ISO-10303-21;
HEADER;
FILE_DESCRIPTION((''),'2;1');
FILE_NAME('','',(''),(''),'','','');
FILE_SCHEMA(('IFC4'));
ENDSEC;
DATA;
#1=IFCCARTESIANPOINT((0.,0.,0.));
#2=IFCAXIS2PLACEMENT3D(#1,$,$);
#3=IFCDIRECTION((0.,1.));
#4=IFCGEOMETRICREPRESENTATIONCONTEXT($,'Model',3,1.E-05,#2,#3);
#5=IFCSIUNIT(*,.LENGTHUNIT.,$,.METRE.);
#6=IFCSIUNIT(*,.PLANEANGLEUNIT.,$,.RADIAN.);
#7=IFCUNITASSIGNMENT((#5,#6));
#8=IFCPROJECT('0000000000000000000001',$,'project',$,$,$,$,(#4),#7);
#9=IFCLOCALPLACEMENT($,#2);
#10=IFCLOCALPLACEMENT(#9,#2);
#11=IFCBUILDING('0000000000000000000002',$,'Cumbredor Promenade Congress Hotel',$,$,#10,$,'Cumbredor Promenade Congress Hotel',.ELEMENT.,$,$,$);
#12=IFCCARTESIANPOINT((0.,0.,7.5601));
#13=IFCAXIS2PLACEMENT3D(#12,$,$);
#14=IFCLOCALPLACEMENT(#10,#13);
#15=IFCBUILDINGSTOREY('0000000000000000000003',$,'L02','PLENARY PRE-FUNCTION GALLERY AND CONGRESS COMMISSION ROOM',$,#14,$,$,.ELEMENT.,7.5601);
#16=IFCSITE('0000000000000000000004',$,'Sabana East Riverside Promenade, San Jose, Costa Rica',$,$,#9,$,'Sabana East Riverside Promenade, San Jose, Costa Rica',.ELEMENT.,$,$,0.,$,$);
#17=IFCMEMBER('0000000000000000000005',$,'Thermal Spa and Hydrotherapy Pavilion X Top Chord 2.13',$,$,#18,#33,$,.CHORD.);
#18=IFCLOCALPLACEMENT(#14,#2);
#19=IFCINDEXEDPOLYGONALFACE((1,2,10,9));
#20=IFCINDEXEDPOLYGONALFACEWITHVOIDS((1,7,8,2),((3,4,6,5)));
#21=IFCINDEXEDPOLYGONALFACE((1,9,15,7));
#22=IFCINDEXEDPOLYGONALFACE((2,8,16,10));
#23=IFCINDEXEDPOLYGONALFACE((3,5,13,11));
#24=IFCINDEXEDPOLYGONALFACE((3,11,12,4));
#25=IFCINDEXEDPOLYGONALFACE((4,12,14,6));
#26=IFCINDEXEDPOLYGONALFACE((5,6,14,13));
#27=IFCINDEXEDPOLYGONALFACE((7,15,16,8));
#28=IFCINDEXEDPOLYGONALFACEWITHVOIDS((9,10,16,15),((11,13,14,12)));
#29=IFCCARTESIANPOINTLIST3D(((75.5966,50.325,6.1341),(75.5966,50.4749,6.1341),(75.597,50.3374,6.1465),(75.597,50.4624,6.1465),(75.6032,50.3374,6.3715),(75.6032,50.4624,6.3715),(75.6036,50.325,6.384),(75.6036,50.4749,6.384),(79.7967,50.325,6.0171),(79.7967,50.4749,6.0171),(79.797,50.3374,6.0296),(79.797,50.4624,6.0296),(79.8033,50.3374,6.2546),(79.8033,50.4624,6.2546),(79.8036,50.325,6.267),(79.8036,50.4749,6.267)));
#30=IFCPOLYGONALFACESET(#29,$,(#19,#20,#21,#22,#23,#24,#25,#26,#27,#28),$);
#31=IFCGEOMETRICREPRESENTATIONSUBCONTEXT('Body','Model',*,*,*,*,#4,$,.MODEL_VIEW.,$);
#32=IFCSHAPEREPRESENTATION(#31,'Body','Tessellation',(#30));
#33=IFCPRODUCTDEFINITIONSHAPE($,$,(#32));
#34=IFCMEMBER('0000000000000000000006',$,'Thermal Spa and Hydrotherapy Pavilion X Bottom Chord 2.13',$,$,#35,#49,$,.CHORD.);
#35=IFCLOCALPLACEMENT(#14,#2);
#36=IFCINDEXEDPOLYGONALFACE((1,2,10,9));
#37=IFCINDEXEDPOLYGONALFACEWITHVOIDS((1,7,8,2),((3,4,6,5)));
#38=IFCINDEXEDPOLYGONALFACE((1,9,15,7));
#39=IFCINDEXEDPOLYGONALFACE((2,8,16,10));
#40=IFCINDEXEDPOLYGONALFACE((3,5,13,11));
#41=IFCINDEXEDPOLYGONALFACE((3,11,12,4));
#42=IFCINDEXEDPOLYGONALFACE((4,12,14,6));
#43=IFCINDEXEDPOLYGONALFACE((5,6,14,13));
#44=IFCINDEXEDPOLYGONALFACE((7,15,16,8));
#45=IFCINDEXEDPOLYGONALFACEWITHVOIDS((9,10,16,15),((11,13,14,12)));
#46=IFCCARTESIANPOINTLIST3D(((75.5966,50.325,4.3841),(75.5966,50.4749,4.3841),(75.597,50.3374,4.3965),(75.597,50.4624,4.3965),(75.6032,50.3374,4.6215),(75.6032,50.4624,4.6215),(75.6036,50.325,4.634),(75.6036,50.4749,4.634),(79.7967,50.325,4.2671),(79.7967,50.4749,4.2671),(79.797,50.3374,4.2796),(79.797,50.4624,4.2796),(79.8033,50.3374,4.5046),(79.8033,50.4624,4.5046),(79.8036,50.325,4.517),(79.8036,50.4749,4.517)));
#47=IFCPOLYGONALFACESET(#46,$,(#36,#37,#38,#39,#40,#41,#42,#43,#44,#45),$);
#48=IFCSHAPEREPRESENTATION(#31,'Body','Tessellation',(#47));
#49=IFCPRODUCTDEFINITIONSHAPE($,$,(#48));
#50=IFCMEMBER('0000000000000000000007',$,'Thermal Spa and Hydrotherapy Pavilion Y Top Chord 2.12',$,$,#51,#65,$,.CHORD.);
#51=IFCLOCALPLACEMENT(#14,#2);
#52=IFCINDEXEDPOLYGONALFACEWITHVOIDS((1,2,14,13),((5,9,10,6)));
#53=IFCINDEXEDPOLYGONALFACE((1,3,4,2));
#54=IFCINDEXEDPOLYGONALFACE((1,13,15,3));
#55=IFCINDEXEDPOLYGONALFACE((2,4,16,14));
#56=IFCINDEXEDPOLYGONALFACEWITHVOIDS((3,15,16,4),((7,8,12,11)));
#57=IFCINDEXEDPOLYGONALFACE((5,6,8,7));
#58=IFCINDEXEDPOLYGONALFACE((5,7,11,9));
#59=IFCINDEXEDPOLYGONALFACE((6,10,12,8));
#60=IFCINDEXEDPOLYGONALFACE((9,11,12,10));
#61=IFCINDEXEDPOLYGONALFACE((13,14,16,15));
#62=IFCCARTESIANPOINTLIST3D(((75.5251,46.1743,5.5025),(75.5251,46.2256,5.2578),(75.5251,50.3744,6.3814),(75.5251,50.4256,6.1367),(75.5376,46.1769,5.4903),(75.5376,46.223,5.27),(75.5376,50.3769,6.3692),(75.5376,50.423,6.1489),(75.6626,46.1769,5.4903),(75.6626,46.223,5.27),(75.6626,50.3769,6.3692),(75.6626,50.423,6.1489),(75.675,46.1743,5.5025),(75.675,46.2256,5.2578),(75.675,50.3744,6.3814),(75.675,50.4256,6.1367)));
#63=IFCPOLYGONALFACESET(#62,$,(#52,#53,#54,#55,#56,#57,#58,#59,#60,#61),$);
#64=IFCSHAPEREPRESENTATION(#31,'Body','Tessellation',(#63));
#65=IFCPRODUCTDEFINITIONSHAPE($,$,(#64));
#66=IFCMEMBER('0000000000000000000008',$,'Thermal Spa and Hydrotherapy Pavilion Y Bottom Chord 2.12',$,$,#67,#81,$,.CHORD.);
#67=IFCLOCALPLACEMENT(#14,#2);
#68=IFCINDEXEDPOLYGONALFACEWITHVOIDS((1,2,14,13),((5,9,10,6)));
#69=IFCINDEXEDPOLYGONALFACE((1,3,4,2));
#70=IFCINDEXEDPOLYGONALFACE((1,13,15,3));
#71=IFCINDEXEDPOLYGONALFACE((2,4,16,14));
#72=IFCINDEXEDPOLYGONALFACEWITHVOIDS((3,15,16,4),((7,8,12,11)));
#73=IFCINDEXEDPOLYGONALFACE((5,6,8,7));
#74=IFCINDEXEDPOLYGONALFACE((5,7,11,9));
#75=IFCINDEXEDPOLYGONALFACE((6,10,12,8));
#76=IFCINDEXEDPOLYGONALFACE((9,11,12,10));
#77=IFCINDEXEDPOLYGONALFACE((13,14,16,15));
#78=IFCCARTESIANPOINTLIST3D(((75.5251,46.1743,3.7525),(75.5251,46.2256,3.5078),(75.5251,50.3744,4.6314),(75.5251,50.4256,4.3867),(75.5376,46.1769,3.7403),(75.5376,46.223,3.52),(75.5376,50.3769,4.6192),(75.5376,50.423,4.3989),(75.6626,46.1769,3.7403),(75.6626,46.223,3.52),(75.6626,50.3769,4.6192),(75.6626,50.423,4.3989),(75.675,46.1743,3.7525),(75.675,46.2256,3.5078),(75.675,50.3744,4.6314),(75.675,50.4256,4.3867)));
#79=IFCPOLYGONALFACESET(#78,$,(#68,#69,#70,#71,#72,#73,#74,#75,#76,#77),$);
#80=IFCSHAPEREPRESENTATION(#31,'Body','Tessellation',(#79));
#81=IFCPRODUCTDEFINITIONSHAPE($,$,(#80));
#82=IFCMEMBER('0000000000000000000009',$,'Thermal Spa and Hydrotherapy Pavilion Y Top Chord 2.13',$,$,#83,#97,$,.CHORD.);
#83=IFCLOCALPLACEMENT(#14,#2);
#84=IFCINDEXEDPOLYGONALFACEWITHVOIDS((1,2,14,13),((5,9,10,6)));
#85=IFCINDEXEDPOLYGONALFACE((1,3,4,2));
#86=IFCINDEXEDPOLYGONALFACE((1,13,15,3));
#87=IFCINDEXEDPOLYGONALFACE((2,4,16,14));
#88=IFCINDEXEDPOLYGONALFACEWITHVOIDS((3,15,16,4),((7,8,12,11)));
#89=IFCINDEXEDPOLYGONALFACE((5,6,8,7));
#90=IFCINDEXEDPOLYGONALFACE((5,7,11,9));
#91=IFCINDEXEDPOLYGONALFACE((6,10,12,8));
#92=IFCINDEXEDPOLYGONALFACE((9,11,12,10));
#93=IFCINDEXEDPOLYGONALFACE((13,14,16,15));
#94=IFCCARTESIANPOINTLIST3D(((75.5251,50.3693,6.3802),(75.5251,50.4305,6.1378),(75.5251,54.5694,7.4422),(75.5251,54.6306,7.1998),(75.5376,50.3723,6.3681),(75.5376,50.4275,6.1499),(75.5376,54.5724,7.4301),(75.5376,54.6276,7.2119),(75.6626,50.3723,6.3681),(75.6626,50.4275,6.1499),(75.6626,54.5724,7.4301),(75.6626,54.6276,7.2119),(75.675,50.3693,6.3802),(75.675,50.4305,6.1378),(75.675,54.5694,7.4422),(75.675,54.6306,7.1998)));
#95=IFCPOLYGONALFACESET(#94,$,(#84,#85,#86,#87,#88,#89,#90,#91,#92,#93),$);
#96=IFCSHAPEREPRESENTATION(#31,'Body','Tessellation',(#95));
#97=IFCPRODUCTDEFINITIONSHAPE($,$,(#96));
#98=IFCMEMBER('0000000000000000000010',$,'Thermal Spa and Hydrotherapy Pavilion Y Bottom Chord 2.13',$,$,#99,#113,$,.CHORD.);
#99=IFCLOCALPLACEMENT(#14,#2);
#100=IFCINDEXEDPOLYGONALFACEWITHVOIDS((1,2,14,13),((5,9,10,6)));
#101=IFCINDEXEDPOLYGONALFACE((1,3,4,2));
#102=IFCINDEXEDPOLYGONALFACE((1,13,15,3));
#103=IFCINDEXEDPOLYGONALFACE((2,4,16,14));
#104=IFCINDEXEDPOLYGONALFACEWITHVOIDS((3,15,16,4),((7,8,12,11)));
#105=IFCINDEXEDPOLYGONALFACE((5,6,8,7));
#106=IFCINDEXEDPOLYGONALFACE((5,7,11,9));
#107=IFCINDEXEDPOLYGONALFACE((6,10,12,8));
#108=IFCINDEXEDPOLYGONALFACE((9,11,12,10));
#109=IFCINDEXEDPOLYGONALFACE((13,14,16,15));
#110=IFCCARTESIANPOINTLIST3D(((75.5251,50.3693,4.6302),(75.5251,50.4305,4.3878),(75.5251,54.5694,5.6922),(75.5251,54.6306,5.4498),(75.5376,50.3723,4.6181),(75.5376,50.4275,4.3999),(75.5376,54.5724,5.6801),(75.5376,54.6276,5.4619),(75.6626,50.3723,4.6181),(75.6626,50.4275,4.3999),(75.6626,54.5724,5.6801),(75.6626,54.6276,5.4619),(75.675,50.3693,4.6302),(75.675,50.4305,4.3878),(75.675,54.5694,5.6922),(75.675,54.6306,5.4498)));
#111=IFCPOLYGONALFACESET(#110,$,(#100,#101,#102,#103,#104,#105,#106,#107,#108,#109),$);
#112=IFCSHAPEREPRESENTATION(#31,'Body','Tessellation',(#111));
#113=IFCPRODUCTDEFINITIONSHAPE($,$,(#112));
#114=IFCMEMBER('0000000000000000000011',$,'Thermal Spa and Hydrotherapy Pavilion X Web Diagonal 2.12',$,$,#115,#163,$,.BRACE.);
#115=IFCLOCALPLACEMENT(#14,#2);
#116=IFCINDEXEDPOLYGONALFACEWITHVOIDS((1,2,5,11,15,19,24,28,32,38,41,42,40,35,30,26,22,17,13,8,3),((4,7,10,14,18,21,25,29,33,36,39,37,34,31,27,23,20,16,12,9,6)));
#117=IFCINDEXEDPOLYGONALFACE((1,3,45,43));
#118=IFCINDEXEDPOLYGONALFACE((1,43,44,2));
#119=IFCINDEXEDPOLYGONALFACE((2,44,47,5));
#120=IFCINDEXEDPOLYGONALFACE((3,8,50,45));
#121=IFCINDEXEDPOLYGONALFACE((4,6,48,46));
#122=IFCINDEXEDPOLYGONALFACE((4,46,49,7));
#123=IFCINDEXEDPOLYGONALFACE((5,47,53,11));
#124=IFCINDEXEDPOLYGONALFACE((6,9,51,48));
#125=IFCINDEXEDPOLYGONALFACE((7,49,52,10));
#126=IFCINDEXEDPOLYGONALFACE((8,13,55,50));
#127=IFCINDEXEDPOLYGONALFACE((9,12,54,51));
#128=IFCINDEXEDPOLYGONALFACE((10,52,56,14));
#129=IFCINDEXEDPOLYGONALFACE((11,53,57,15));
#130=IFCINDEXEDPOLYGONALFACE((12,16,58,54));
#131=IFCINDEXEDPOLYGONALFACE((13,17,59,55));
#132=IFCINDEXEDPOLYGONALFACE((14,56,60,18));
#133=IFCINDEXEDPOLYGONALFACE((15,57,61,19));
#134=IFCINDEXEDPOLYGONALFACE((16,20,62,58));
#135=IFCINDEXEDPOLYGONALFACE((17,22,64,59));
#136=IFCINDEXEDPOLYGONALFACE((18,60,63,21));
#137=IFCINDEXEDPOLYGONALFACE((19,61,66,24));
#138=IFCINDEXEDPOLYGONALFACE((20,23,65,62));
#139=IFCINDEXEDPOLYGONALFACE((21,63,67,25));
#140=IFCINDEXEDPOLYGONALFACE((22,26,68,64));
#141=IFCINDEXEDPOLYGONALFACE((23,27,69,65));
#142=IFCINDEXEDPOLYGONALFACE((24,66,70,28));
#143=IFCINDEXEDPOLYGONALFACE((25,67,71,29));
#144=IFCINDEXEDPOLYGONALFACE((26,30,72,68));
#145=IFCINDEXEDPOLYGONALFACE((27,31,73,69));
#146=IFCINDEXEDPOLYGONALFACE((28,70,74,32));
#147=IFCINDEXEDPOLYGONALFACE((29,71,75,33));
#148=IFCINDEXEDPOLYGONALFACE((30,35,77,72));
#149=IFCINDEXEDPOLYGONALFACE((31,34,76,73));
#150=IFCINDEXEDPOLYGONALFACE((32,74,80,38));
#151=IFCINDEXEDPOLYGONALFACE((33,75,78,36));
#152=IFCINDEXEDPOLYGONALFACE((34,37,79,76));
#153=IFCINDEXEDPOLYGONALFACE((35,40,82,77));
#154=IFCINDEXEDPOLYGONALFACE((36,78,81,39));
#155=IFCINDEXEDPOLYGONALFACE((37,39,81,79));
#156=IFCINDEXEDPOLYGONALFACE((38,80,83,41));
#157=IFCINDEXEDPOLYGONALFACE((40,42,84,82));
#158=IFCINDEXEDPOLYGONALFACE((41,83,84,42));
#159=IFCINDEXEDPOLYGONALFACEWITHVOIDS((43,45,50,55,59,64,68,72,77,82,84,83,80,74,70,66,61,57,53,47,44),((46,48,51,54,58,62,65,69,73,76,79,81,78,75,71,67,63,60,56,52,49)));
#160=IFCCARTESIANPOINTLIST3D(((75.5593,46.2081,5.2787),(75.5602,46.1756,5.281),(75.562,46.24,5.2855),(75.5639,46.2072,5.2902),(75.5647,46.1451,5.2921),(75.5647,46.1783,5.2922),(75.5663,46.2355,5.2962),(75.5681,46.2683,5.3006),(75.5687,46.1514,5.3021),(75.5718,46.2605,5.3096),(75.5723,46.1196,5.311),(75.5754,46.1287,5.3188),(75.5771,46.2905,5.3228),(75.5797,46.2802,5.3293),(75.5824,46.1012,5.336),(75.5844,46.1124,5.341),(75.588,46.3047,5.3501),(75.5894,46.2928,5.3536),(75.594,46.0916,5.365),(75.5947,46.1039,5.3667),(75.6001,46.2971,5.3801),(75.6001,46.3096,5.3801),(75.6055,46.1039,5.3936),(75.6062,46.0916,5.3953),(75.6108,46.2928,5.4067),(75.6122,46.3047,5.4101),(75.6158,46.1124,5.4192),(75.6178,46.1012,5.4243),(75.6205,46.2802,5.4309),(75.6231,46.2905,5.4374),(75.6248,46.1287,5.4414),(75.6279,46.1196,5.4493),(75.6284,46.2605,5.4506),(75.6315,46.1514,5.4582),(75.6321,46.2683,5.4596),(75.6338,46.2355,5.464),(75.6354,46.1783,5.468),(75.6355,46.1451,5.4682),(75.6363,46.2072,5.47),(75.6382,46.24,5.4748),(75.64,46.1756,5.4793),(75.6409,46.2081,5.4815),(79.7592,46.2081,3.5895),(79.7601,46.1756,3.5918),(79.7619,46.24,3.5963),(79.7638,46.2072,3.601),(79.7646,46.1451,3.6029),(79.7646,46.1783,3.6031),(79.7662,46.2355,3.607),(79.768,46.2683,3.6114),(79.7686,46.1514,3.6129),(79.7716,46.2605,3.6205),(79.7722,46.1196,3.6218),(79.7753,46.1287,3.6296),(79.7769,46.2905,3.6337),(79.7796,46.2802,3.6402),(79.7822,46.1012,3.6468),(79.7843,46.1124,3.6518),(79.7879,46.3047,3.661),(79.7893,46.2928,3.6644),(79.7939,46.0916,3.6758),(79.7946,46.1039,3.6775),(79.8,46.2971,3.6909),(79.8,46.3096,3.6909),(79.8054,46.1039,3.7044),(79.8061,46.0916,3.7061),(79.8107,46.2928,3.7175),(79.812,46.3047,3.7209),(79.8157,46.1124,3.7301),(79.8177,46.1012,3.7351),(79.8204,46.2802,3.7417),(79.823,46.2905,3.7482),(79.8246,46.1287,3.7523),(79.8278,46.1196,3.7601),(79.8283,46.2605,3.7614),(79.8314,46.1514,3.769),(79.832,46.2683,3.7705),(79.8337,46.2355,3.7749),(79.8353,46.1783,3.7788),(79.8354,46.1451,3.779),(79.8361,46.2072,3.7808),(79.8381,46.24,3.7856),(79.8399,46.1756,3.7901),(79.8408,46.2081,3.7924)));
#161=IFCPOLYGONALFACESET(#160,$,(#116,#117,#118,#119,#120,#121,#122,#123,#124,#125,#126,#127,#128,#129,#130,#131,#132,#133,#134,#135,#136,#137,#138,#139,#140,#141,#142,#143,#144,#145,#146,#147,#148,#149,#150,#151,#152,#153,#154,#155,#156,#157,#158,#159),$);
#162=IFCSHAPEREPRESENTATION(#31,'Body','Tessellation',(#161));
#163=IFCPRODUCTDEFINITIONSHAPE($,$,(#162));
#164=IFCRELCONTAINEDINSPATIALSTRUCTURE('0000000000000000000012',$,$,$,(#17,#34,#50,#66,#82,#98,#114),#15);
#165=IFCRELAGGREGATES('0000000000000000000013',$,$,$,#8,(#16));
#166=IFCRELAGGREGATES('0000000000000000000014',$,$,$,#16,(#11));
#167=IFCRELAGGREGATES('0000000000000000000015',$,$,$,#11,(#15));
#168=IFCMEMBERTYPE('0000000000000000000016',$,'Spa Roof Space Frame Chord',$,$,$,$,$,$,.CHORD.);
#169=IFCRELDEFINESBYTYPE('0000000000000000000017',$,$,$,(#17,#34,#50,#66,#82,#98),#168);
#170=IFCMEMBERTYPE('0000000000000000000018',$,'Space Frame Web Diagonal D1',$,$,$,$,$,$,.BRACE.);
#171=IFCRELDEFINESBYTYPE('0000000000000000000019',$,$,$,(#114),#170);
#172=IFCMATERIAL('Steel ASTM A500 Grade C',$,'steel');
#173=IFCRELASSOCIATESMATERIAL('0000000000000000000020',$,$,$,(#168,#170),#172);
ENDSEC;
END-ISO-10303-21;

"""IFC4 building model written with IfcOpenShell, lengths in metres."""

from ifc_helpers import new_model, si_unit, direction, frame, origin, origin_2d, place, context, subcontext, project, spatial, hollow_rectangle, hollow_circle, extrude, material, material_profile, profile_set, type_object, element, save


model = new_model("IFC4")

# Units and contexts
model_context = context("Model", 3, precision=1e-05, world=origin(), true_north=direction((0.0, 1.0)))
body_context = subcontext(model_context, "Body", "Model", "MODEL_VIEW")
ifc_project = project(units=[si_unit("LENGTHUNIT", "METRE"), si_unit("PLANEANGLEUNIT", "RADIAN")], contexts=[model_context])

# Site, building, storey
site_placement = place(None, origin())
site = spatial("IfcSite", under=ifc_project, at=site_placement, Name="Sabana East Riverside Promenade, San Jose, Costa Rica", LongName="Sabana East Riverside Promenade, San Jose, Costa Rica", CompositionType="ELEMENT", RefElevation=0.0)
building_placement = place(site_placement, origin())
building = spatial("IfcBuilding", under=site, at=building_placement, Name="Cumbredor Promenade Congress Hotel", LongName="Cumbredor Promenade Congress Hotel", CompositionType="ELEMENT")
storey_placement = place(building_placement, frame((0.0, 0.0, 7.5601)))
storey = spatial("IfcBuildingStorey", under=building, at=storey_placement, Name="L02", Description="PLENARY PRE-FUNCTION GALLERY AND CONGRESS COMMISSION ROOM", CompositionType="ELEMENT", Elevation=7.5601)

# Members
ifc_material_1 = material(Name="Steel ASTM A500 Grade C", Category="steel")
ifc_material_profile_1 = material_profile(ifc_material_1, hollow_rectangle(XDim=0.1499, YDim=0.25, WallThickness=0.0125, at=origin_2d()), Name="HSS 250x150x12.5")
ifc_profile_set_1 = profile_set([ifc_material_profile_1], Name="Steel ASTM A500 Grade C")
member_type_1 = type_object("IfcMemberType", Name="Spa Roof Space Frame Chord", PredefinedType="CHORD", material=ifc_profile_set_1)
for number, where, z_axis, x_axis, name in (
    (1, (75.6001, 50.3999, 6.259), (0.999613, 0.0, -0.027833), (0.0, 1.0, 0.0), "Thermal Spa and Hydrotherapy Pavilion X Top Chord 2.13"),
    (2, (75.6001, 50.3999, 4.509), (0.999613, 0.0, -0.027833), (0.0, 1.0, 0.0), "Thermal Spa and Hydrotherapy Pavilion X Bottom Chord 2.13"),
):
    element("IfcMember", number, at=place(storey_placement, frame(where, z_axis=z_axis, x_axis=x_axis)), inside=storey, type_object=member_type_1, Name=name, PredefinedType="CHORD", context=body_context, shape_type="SweptSolid", body=[
        extrude(hollow_rectangle(XDim=0.1499, YDim=0.25, WallThickness=0.0125, at=origin_2d()), origin(), (0.0, 0.0, 1.0), 4.2017),
    ])
for number, where, z_axis, x_axis, name in (
    (3, (75.6001, 46.2, 5.3801), (0.0, 0.978798, 0.204829), (-1.0, 0.0, 0.0), "Thermal Spa and Hydrotherapy Pavilion Y Top Chord 2.12"),
    (4, (75.6001, 46.2, 3.6301), (0.0, 0.978798, 0.204829), (-1.0, 0.0, 0.0), "Thermal Spa and Hydrotherapy Pavilion Y Bottom Chord 2.12"),
):
    element("IfcMember", number, at=place(storey_placement, frame(where, z_axis=z_axis, x_axis=x_axis)), inside=storey, type_object=member_type_1, Name=name, PredefinedType="CHORD", context=body_context, shape_type="SweptSolid", body=[
        extrude(hollow_rectangle(XDim=0.1499, YDim=0.25, WallThickness=0.0125, at=origin_2d()), origin(), (0.0, 0.0, 1.0), 4.291),
    ])
for number, where, z_axis, x_axis, name in (
    (5, (75.6001, 50.3999, 6.259), (0.0, 0.969489, 0.245134), (-1.0, 0.0, 0.0), "Thermal Spa and Hydrotherapy Pavilion Y Top Chord 2.13"),
    (6, (75.6001, 50.3999, 4.509), (0.0, 0.969489, 0.245134), (-1.0, 0.0, 0.0), "Thermal Spa and Hydrotherapy Pavilion Y Bottom Chord 2.13"),
):
    element("IfcMember", number, at=place(storey_placement, frame(where, z_axis=z_axis, x_axis=x_axis)), inside=storey, type_object=member_type_1, Name=name, PredefinedType="CHORD", context=body_context, shape_type="SweptSolid", body=[
        extrude(hollow_rectangle(XDim=0.1499, YDim=0.25, WallThickness=0.0125, at=origin_2d()), origin(), (0.0, 0.0, 1.0), 4.3323),
    ])
ifc_material_profile_2 = material_profile(ifc_material_1, hollow_circle(Radius=0.1096, WallThickness=0.0125, at=origin_2d()), Name="CHS 219.1x12.5")
ifc_profile_set_2 = profile_set([ifc_material_profile_2], Name="Steel ASTM A500 Grade C")
member_type_2 = type_object("IfcMemberType", Name="Space Frame Web Diagonal D1", PredefinedType="BRACE", material=ifc_profile_set_2)
member_1_placement = place(storey_placement, frame((75.6001, 46.2, 5.3801), z_axis=(0.927772, 0.0, -0.373147), x_axis=(0.0, 1.0, 0.0)))
element("IfcMember", 7, at=member_1_placement, inside=storey, type_object=member_type_2, Name="Thermal Spa and Hydrotherapy Pavilion X Web Diagonal 2.12", PredefinedType="BRACE", context=body_context, shape_type="SweptSolid", body=[
    extrude(hollow_circle(Radius=0.1096, WallThickness=0.0125, at=origin_2d()), origin(), (0.0, 0.0, 1.0), 4.5269),
])

save(model, "model.ifc")
